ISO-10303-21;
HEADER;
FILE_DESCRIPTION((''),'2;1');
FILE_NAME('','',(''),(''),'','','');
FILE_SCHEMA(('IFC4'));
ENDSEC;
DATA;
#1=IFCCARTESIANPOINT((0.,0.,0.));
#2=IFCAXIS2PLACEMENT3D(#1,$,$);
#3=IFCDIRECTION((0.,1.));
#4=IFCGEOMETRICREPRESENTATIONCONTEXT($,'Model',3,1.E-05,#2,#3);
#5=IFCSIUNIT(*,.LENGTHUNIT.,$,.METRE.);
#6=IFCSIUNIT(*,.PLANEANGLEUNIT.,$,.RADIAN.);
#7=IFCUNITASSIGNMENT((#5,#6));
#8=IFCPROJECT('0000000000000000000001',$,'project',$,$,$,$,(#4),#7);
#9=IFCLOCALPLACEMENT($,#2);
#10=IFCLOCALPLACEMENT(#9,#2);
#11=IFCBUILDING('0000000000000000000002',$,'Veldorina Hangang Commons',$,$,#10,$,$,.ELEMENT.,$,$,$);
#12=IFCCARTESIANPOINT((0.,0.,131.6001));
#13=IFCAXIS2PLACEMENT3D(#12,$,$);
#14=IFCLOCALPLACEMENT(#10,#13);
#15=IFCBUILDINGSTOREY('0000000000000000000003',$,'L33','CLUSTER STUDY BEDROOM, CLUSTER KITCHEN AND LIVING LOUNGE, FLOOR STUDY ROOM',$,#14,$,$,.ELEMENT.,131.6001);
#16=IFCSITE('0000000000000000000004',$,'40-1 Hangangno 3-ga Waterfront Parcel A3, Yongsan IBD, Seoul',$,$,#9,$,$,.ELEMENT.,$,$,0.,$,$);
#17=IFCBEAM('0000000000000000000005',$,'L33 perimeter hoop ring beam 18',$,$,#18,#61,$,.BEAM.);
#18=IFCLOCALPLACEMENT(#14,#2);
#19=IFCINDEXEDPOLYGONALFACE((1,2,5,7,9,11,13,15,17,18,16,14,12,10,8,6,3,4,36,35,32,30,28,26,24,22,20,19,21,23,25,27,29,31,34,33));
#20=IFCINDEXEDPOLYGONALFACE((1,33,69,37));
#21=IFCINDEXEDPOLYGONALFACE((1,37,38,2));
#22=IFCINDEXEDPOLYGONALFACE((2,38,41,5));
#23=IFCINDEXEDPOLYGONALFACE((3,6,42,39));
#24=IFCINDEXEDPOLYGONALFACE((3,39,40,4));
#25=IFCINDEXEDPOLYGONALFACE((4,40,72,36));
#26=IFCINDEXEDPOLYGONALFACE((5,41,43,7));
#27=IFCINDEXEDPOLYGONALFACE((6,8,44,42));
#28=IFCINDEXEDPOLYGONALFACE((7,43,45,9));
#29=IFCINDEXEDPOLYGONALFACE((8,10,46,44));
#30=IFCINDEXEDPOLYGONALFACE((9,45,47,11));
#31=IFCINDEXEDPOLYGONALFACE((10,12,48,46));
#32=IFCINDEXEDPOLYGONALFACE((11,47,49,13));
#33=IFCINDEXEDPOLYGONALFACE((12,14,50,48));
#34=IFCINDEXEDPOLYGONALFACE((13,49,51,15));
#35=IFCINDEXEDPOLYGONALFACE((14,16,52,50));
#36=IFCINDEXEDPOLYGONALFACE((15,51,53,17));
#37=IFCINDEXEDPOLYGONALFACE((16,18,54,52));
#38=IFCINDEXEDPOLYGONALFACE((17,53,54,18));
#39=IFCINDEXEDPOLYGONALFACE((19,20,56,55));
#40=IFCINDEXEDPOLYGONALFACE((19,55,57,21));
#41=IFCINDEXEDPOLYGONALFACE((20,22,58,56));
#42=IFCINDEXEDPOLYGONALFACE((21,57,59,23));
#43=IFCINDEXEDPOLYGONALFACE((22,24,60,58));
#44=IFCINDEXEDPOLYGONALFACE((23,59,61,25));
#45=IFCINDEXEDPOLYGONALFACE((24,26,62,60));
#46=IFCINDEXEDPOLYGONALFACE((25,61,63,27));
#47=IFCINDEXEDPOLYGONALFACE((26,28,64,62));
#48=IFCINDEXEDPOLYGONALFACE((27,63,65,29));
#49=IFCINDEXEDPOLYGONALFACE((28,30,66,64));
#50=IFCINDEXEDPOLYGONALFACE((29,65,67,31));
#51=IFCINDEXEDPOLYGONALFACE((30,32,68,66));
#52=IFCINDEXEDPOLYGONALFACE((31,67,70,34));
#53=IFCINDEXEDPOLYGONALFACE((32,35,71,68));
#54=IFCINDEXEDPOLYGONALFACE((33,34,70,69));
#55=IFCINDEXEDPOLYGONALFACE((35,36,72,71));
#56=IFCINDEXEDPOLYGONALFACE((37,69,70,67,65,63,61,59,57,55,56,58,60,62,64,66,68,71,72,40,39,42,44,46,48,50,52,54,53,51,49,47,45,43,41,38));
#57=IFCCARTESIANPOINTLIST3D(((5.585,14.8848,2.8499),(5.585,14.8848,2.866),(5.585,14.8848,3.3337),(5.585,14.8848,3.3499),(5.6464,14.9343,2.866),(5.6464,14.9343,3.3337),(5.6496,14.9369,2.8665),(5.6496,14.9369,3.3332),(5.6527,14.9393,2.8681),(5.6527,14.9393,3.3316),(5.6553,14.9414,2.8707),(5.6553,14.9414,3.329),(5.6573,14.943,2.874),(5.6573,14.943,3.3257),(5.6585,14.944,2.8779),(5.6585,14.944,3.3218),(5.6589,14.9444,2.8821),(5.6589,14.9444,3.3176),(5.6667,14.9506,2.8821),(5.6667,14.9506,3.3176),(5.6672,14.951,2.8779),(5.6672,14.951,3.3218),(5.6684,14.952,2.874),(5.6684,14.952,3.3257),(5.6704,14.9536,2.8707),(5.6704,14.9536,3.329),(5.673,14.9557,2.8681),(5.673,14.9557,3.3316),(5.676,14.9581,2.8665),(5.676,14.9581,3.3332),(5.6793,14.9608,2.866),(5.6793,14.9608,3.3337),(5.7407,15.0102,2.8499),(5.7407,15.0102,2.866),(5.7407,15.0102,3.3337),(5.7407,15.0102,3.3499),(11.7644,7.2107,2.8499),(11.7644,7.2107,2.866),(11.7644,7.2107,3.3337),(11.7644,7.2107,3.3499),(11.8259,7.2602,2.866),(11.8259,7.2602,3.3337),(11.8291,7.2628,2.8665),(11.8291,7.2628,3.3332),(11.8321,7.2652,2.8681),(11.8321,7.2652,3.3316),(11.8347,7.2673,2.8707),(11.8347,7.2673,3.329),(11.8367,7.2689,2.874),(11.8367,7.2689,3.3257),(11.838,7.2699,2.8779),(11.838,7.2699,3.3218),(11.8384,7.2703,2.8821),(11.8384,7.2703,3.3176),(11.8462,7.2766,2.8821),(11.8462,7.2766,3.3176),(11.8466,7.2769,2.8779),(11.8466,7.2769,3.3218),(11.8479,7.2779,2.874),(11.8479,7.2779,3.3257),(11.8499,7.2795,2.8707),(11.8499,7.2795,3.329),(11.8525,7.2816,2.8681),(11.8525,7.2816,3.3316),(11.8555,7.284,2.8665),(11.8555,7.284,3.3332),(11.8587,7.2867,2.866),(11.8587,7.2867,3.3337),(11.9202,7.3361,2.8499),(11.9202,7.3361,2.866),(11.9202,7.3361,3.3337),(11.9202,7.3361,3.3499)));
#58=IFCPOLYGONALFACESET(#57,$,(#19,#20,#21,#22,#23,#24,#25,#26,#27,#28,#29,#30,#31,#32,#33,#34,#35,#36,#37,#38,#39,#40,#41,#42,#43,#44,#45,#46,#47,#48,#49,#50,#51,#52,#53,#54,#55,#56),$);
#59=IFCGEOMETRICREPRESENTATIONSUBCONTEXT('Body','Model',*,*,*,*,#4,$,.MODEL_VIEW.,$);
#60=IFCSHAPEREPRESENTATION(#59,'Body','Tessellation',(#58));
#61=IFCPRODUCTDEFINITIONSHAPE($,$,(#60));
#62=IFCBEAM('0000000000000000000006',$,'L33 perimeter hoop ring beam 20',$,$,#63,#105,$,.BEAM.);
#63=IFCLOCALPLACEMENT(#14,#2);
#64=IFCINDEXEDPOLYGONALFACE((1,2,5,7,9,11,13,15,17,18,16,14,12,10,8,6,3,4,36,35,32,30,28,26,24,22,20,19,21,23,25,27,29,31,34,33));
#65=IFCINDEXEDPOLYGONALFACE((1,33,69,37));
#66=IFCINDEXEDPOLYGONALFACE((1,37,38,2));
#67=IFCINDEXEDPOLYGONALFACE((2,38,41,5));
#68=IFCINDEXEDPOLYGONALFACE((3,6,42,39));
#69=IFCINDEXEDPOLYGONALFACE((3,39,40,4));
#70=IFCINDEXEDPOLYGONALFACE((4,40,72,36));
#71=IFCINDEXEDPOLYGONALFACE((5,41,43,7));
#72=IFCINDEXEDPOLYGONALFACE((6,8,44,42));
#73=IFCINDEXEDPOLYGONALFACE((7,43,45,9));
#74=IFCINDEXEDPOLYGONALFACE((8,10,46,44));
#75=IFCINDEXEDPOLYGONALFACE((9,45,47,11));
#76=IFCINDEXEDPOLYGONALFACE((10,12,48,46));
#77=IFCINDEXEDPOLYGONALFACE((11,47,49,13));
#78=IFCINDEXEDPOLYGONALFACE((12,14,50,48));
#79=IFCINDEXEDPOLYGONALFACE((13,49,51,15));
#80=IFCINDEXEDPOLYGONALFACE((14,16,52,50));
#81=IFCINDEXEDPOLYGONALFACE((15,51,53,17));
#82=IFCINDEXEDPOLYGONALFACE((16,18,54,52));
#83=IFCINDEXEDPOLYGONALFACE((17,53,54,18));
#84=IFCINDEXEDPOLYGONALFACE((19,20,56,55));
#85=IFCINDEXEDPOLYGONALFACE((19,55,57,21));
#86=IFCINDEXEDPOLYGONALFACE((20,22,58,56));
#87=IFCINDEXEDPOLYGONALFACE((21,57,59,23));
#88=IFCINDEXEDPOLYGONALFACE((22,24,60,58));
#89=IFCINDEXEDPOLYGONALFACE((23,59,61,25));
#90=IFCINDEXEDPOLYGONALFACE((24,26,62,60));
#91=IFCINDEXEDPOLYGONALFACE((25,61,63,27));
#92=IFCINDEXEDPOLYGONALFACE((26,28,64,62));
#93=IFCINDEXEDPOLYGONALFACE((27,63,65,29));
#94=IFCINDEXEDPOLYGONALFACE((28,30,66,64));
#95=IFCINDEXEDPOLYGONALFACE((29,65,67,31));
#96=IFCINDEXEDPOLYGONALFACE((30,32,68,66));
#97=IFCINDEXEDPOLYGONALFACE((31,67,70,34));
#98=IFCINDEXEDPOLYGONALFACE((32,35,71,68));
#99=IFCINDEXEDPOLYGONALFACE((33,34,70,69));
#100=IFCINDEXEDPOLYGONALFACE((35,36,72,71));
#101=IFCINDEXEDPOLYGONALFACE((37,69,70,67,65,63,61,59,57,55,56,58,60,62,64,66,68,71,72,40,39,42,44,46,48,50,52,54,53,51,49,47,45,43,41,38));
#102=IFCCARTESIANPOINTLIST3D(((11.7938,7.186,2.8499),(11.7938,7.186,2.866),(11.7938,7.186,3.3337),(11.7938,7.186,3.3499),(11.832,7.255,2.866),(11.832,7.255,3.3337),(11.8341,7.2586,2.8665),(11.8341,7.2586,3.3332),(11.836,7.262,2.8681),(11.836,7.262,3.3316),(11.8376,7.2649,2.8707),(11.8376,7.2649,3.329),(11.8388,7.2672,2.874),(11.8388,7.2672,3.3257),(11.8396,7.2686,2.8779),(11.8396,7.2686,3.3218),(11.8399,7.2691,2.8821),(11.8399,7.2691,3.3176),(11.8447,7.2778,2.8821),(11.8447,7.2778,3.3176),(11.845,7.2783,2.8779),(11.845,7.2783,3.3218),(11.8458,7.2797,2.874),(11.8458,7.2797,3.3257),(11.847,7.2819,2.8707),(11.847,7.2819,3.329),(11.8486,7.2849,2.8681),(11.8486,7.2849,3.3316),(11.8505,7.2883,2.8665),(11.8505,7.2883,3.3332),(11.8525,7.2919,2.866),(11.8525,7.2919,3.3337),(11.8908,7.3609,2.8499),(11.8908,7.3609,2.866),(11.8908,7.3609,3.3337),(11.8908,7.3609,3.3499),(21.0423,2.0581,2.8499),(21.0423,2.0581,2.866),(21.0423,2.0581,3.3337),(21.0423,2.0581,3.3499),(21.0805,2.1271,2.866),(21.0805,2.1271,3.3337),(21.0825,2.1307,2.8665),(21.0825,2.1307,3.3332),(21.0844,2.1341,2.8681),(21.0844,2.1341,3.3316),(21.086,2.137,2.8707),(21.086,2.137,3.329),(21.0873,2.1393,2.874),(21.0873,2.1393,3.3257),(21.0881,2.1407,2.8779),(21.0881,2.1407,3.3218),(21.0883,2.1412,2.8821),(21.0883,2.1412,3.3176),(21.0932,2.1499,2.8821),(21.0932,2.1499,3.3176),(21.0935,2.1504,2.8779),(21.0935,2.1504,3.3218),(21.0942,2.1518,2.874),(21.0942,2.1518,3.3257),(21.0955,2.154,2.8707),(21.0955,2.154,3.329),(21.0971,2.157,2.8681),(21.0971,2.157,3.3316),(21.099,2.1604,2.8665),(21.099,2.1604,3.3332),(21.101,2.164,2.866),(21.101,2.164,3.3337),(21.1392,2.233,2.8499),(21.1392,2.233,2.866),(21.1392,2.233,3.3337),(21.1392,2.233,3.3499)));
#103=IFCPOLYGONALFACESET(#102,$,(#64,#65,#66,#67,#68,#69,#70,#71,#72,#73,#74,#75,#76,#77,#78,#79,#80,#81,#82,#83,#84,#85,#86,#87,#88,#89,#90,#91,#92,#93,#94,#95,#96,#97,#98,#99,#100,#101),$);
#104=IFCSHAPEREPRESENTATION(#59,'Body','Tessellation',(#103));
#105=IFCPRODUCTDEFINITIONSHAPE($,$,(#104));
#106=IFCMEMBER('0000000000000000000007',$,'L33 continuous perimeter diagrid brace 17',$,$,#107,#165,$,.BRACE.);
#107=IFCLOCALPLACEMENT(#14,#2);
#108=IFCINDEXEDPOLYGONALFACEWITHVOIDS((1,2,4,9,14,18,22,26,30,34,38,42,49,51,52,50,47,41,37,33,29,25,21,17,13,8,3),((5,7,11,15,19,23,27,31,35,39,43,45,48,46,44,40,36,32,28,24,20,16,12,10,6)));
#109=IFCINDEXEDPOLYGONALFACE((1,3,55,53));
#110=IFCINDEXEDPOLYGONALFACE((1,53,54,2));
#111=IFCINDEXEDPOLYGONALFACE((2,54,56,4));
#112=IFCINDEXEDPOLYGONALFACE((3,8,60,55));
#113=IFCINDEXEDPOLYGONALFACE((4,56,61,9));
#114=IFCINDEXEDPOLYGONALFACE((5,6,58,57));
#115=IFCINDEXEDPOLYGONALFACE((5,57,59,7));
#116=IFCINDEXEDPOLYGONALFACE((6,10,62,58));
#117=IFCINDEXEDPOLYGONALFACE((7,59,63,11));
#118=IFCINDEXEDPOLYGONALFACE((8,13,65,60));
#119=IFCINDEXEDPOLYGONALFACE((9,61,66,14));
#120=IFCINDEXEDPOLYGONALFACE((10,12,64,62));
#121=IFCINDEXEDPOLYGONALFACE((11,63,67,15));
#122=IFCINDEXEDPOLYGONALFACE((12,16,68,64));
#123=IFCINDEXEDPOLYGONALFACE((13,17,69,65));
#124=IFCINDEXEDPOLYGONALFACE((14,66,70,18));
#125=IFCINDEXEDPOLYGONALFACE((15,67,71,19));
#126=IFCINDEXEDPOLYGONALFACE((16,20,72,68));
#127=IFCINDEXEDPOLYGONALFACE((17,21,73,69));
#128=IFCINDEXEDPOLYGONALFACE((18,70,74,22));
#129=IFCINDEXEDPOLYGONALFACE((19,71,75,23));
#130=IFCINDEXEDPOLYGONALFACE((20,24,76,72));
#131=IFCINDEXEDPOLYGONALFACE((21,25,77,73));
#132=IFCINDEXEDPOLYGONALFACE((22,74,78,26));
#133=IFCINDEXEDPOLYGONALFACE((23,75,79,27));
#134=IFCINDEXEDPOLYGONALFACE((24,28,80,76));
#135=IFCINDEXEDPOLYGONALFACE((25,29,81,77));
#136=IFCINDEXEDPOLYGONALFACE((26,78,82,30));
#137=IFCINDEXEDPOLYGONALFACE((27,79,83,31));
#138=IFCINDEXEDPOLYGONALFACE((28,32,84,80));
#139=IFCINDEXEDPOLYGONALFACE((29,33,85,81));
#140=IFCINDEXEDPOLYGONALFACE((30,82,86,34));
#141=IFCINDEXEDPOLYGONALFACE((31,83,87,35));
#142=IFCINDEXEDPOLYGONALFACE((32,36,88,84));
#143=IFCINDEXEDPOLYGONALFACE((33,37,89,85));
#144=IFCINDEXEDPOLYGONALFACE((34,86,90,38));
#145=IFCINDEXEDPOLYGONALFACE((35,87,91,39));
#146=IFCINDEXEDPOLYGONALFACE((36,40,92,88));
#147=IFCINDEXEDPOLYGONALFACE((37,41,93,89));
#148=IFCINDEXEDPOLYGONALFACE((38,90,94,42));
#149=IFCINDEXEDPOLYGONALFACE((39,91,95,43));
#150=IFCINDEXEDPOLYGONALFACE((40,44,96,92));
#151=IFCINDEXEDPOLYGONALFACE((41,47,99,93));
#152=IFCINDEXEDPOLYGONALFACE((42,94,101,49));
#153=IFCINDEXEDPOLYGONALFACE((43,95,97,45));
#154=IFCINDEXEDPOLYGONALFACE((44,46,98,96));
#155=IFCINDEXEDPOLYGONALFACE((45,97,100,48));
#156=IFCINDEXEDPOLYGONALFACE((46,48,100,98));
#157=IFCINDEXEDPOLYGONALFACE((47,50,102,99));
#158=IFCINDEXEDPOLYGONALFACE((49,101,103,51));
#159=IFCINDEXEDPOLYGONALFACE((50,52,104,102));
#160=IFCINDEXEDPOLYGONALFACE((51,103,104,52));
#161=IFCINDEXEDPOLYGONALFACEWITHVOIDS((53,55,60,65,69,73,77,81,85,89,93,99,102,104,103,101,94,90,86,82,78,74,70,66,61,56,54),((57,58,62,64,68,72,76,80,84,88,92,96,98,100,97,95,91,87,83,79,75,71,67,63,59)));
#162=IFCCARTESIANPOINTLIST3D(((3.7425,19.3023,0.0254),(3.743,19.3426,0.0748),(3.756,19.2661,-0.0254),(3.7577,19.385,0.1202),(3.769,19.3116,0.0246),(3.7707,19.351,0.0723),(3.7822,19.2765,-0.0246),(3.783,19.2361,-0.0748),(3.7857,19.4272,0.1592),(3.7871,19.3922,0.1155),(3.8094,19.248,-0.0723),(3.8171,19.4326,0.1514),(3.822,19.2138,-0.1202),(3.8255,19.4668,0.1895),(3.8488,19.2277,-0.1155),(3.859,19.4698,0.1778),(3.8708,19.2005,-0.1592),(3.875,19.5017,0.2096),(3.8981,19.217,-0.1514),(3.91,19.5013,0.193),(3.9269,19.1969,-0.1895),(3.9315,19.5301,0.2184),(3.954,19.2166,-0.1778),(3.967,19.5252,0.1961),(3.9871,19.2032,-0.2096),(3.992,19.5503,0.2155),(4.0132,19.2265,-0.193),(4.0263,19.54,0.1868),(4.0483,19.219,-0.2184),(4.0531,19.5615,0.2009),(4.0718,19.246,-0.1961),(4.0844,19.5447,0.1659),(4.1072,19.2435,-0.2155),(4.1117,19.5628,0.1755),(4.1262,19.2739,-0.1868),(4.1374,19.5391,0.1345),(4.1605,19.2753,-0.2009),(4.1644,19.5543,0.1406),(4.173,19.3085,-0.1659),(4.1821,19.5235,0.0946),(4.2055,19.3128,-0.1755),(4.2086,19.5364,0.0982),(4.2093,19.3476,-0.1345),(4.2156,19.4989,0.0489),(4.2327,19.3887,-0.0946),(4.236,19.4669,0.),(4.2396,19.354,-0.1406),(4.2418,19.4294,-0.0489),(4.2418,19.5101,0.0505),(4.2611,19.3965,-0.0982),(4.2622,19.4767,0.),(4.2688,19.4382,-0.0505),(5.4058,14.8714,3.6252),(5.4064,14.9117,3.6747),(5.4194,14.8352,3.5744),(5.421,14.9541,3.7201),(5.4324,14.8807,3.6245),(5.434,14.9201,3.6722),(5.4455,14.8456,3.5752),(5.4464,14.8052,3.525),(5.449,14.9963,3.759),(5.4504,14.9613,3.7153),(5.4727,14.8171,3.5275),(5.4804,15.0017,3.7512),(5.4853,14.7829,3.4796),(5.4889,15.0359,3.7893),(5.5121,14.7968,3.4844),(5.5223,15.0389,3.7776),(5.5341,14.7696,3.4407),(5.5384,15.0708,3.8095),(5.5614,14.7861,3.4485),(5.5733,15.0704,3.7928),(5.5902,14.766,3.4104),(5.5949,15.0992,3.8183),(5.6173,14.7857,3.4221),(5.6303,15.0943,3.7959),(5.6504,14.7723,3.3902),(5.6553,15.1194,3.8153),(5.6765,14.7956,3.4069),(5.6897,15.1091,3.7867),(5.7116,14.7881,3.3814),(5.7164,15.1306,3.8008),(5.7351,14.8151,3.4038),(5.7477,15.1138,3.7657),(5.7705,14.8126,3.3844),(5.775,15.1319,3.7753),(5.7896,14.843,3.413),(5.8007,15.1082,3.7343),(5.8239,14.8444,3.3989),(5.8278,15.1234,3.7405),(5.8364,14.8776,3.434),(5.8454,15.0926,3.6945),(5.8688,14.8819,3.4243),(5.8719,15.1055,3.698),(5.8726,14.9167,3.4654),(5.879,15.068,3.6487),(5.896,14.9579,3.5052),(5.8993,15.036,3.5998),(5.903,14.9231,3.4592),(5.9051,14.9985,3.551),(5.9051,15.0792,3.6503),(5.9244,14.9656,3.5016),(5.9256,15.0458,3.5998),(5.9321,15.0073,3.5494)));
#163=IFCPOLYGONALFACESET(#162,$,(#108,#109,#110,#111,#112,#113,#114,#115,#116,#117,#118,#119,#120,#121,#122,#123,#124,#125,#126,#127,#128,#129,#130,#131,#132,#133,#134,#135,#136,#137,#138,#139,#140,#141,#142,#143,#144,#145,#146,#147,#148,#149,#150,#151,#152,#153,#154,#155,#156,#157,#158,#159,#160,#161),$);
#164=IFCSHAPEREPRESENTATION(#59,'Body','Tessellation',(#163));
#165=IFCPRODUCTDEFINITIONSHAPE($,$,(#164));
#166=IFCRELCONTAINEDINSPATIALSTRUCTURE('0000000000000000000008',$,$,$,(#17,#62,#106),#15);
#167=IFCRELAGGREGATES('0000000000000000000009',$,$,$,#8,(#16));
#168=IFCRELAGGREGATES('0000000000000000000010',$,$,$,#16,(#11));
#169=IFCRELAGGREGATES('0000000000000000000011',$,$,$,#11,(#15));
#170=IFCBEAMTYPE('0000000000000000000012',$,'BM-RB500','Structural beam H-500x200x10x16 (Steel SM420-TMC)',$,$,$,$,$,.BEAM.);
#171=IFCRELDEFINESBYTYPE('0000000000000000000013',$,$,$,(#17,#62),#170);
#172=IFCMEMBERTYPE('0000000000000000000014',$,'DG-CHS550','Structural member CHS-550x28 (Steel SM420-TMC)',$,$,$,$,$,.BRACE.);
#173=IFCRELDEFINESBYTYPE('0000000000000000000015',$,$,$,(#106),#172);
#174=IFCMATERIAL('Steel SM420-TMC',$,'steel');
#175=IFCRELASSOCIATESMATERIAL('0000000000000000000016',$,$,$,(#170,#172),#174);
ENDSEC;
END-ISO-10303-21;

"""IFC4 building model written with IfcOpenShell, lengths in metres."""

from ifc_helpers import new_model, si_unit, direction, frame, origin, origin_2d, place, context, subcontext, project, spatial, hollow_circle, i_section, extrude, material, material_profile, profile_set, type_object, element, save


model = new_model("IFC4")

# Units and contexts
model_context = context("Model", 3, precision=1e-05, world=origin(), true_north=direction((0.0, 1.0)))
body_context = subcontext(model_context, "Body", "Model", "MODEL_VIEW")
ifc_project = project(units=[si_unit("LENGTHUNIT", "METRE"), si_unit("PLANEANGLEUNIT", "RADIAN")], contexts=[model_context])

# Site, building, storey
site_placement = place(None, origin())
site = spatial("IfcSite", under=ifc_project, at=site_placement, Name="40-1 Hangangno 3-ga Waterfront Parcel A3, Yongsan IBD, Seoul", CompositionType="ELEMENT", RefElevation=0.0)
building_placement = place(site_placement, origin())
building = spatial("IfcBuilding", under=site, at=building_placement, Name="Veldorina Hangang Commons", CompositionType="ELEMENT")
storey_placement = place(building_placement, frame((0.0, 0.0, 131.6001)))
storey = spatial("IfcBuildingStorey", under=building, at=storey_placement, Name="L33", Description="CLUSTER STUDY BEDROOM, CLUSTER KITCHEN AND LIVING LOUNGE, FLOOR STUDY ROOM", CompositionType="ELEMENT", Elevation=131.6001)

# Beams
ifc_material_1 = material(Name="Steel SM420-TMC", Category="steel")
ifc_material_profile_1 = material_profile(ifc_material_1, i_section(OverallWidth=0.2, OverallDepth=0.5, WebThickness=0.01, FlangeThickness=0.0161, FilletRadius=0.0161, at=origin_2d()), Name="H-500x200x10x16")
ifc_profile_set_1 = profile_set([ifc_material_profile_1], Name="Steel SM420-TMC")
beam_type = type_object("IfcBeamType", Name="BM-RB500", Description="Structural beam H-500x200x10x16 (Steel SM420-TMC)", PredefinedType="BEAM", material=ifc_profile_set_1)
beam_1_placement = place(storey_placement, frame((5.6628, 14.9475, 3.0999), z_axis=(0.627179, -0.778875, 0.0), x_axis=(0.778875, 0.627179, 0.0)))
element("IfcBeam", 1, at=beam_1_placement, inside=storey, type_object=beam_type, Name="L33 perimeter hoop ring beam 18", PredefinedType="BEAM", context=body_context, shape_type="SweptSolid", body=[
    extrude(i_section(OverallWidth=0.2, OverallDepth=0.5, WebThickness=0.01, FlangeThickness=0.0161, FilletRadius=0.0161, at=origin_2d()), origin(), (0.0, 0.0, 1.0), 9.8528),
])
beam_2_placement = place(storey_placement, frame((11.8423, 7.2734, 3.0999), z_axis=(0.874564, -0.48491, 0.0), x_axis=(0.48491, 0.874564, 0.0)))
element("IfcBeam", 2, at=beam_2_placement, inside=storey, type_object=beam_type, Name="L33 perimeter hoop ring beam 20", PredefinedType="BEAM", context=body_context, shape_type="SweptSolid", body=[
    extrude(i_section(OverallWidth=0.2, OverallDepth=0.5, WebThickness=0.01, FlangeThickness=0.0161, FilletRadius=0.0161, at=origin_2d()), origin(), (0.0, 0.0, 1.0), 10.575),
])

# Member
ifc_material_profile_2 = material_profile(ifc_material_1, hollow_circle(Radius=0.2749, WallThickness=0.0281, at=origin_2d()), Name="CHS-550x28")
ifc_profile_set_2 = profile_set([ifc_material_profile_2], Name="Steel SM420-TMC")
member_type = type_object("IfcMemberType", Name="DG-CHS550", Description="Structural member CHS-550x28 (Steel SM420-TMC)", PredefinedType="BRACE", material=ifc_profile_set_2)
member_1_placement = place(storey_placement, frame((4.0049, 19.3801, 0.0), z_axis=(0.279725, -0.745153, 0.605393), x_axis=(0.936208, 0.351446, 0.0)))
element("IfcMember", 3, at=member_1_placement, inside=storey, type_object=member_type, Name="L33 continuous perimeter diagrid brace 17", PredefinedType="BRACE", context=body_context, shape_type="SweptSolid", body=[
    extrude(hollow_circle(Radius=0.2749, WallThickness=0.0281, at=origin_2d()), origin(), (0.0, 0.0, 1.0), 5.9463),
])

save(model, "model.ifc")
